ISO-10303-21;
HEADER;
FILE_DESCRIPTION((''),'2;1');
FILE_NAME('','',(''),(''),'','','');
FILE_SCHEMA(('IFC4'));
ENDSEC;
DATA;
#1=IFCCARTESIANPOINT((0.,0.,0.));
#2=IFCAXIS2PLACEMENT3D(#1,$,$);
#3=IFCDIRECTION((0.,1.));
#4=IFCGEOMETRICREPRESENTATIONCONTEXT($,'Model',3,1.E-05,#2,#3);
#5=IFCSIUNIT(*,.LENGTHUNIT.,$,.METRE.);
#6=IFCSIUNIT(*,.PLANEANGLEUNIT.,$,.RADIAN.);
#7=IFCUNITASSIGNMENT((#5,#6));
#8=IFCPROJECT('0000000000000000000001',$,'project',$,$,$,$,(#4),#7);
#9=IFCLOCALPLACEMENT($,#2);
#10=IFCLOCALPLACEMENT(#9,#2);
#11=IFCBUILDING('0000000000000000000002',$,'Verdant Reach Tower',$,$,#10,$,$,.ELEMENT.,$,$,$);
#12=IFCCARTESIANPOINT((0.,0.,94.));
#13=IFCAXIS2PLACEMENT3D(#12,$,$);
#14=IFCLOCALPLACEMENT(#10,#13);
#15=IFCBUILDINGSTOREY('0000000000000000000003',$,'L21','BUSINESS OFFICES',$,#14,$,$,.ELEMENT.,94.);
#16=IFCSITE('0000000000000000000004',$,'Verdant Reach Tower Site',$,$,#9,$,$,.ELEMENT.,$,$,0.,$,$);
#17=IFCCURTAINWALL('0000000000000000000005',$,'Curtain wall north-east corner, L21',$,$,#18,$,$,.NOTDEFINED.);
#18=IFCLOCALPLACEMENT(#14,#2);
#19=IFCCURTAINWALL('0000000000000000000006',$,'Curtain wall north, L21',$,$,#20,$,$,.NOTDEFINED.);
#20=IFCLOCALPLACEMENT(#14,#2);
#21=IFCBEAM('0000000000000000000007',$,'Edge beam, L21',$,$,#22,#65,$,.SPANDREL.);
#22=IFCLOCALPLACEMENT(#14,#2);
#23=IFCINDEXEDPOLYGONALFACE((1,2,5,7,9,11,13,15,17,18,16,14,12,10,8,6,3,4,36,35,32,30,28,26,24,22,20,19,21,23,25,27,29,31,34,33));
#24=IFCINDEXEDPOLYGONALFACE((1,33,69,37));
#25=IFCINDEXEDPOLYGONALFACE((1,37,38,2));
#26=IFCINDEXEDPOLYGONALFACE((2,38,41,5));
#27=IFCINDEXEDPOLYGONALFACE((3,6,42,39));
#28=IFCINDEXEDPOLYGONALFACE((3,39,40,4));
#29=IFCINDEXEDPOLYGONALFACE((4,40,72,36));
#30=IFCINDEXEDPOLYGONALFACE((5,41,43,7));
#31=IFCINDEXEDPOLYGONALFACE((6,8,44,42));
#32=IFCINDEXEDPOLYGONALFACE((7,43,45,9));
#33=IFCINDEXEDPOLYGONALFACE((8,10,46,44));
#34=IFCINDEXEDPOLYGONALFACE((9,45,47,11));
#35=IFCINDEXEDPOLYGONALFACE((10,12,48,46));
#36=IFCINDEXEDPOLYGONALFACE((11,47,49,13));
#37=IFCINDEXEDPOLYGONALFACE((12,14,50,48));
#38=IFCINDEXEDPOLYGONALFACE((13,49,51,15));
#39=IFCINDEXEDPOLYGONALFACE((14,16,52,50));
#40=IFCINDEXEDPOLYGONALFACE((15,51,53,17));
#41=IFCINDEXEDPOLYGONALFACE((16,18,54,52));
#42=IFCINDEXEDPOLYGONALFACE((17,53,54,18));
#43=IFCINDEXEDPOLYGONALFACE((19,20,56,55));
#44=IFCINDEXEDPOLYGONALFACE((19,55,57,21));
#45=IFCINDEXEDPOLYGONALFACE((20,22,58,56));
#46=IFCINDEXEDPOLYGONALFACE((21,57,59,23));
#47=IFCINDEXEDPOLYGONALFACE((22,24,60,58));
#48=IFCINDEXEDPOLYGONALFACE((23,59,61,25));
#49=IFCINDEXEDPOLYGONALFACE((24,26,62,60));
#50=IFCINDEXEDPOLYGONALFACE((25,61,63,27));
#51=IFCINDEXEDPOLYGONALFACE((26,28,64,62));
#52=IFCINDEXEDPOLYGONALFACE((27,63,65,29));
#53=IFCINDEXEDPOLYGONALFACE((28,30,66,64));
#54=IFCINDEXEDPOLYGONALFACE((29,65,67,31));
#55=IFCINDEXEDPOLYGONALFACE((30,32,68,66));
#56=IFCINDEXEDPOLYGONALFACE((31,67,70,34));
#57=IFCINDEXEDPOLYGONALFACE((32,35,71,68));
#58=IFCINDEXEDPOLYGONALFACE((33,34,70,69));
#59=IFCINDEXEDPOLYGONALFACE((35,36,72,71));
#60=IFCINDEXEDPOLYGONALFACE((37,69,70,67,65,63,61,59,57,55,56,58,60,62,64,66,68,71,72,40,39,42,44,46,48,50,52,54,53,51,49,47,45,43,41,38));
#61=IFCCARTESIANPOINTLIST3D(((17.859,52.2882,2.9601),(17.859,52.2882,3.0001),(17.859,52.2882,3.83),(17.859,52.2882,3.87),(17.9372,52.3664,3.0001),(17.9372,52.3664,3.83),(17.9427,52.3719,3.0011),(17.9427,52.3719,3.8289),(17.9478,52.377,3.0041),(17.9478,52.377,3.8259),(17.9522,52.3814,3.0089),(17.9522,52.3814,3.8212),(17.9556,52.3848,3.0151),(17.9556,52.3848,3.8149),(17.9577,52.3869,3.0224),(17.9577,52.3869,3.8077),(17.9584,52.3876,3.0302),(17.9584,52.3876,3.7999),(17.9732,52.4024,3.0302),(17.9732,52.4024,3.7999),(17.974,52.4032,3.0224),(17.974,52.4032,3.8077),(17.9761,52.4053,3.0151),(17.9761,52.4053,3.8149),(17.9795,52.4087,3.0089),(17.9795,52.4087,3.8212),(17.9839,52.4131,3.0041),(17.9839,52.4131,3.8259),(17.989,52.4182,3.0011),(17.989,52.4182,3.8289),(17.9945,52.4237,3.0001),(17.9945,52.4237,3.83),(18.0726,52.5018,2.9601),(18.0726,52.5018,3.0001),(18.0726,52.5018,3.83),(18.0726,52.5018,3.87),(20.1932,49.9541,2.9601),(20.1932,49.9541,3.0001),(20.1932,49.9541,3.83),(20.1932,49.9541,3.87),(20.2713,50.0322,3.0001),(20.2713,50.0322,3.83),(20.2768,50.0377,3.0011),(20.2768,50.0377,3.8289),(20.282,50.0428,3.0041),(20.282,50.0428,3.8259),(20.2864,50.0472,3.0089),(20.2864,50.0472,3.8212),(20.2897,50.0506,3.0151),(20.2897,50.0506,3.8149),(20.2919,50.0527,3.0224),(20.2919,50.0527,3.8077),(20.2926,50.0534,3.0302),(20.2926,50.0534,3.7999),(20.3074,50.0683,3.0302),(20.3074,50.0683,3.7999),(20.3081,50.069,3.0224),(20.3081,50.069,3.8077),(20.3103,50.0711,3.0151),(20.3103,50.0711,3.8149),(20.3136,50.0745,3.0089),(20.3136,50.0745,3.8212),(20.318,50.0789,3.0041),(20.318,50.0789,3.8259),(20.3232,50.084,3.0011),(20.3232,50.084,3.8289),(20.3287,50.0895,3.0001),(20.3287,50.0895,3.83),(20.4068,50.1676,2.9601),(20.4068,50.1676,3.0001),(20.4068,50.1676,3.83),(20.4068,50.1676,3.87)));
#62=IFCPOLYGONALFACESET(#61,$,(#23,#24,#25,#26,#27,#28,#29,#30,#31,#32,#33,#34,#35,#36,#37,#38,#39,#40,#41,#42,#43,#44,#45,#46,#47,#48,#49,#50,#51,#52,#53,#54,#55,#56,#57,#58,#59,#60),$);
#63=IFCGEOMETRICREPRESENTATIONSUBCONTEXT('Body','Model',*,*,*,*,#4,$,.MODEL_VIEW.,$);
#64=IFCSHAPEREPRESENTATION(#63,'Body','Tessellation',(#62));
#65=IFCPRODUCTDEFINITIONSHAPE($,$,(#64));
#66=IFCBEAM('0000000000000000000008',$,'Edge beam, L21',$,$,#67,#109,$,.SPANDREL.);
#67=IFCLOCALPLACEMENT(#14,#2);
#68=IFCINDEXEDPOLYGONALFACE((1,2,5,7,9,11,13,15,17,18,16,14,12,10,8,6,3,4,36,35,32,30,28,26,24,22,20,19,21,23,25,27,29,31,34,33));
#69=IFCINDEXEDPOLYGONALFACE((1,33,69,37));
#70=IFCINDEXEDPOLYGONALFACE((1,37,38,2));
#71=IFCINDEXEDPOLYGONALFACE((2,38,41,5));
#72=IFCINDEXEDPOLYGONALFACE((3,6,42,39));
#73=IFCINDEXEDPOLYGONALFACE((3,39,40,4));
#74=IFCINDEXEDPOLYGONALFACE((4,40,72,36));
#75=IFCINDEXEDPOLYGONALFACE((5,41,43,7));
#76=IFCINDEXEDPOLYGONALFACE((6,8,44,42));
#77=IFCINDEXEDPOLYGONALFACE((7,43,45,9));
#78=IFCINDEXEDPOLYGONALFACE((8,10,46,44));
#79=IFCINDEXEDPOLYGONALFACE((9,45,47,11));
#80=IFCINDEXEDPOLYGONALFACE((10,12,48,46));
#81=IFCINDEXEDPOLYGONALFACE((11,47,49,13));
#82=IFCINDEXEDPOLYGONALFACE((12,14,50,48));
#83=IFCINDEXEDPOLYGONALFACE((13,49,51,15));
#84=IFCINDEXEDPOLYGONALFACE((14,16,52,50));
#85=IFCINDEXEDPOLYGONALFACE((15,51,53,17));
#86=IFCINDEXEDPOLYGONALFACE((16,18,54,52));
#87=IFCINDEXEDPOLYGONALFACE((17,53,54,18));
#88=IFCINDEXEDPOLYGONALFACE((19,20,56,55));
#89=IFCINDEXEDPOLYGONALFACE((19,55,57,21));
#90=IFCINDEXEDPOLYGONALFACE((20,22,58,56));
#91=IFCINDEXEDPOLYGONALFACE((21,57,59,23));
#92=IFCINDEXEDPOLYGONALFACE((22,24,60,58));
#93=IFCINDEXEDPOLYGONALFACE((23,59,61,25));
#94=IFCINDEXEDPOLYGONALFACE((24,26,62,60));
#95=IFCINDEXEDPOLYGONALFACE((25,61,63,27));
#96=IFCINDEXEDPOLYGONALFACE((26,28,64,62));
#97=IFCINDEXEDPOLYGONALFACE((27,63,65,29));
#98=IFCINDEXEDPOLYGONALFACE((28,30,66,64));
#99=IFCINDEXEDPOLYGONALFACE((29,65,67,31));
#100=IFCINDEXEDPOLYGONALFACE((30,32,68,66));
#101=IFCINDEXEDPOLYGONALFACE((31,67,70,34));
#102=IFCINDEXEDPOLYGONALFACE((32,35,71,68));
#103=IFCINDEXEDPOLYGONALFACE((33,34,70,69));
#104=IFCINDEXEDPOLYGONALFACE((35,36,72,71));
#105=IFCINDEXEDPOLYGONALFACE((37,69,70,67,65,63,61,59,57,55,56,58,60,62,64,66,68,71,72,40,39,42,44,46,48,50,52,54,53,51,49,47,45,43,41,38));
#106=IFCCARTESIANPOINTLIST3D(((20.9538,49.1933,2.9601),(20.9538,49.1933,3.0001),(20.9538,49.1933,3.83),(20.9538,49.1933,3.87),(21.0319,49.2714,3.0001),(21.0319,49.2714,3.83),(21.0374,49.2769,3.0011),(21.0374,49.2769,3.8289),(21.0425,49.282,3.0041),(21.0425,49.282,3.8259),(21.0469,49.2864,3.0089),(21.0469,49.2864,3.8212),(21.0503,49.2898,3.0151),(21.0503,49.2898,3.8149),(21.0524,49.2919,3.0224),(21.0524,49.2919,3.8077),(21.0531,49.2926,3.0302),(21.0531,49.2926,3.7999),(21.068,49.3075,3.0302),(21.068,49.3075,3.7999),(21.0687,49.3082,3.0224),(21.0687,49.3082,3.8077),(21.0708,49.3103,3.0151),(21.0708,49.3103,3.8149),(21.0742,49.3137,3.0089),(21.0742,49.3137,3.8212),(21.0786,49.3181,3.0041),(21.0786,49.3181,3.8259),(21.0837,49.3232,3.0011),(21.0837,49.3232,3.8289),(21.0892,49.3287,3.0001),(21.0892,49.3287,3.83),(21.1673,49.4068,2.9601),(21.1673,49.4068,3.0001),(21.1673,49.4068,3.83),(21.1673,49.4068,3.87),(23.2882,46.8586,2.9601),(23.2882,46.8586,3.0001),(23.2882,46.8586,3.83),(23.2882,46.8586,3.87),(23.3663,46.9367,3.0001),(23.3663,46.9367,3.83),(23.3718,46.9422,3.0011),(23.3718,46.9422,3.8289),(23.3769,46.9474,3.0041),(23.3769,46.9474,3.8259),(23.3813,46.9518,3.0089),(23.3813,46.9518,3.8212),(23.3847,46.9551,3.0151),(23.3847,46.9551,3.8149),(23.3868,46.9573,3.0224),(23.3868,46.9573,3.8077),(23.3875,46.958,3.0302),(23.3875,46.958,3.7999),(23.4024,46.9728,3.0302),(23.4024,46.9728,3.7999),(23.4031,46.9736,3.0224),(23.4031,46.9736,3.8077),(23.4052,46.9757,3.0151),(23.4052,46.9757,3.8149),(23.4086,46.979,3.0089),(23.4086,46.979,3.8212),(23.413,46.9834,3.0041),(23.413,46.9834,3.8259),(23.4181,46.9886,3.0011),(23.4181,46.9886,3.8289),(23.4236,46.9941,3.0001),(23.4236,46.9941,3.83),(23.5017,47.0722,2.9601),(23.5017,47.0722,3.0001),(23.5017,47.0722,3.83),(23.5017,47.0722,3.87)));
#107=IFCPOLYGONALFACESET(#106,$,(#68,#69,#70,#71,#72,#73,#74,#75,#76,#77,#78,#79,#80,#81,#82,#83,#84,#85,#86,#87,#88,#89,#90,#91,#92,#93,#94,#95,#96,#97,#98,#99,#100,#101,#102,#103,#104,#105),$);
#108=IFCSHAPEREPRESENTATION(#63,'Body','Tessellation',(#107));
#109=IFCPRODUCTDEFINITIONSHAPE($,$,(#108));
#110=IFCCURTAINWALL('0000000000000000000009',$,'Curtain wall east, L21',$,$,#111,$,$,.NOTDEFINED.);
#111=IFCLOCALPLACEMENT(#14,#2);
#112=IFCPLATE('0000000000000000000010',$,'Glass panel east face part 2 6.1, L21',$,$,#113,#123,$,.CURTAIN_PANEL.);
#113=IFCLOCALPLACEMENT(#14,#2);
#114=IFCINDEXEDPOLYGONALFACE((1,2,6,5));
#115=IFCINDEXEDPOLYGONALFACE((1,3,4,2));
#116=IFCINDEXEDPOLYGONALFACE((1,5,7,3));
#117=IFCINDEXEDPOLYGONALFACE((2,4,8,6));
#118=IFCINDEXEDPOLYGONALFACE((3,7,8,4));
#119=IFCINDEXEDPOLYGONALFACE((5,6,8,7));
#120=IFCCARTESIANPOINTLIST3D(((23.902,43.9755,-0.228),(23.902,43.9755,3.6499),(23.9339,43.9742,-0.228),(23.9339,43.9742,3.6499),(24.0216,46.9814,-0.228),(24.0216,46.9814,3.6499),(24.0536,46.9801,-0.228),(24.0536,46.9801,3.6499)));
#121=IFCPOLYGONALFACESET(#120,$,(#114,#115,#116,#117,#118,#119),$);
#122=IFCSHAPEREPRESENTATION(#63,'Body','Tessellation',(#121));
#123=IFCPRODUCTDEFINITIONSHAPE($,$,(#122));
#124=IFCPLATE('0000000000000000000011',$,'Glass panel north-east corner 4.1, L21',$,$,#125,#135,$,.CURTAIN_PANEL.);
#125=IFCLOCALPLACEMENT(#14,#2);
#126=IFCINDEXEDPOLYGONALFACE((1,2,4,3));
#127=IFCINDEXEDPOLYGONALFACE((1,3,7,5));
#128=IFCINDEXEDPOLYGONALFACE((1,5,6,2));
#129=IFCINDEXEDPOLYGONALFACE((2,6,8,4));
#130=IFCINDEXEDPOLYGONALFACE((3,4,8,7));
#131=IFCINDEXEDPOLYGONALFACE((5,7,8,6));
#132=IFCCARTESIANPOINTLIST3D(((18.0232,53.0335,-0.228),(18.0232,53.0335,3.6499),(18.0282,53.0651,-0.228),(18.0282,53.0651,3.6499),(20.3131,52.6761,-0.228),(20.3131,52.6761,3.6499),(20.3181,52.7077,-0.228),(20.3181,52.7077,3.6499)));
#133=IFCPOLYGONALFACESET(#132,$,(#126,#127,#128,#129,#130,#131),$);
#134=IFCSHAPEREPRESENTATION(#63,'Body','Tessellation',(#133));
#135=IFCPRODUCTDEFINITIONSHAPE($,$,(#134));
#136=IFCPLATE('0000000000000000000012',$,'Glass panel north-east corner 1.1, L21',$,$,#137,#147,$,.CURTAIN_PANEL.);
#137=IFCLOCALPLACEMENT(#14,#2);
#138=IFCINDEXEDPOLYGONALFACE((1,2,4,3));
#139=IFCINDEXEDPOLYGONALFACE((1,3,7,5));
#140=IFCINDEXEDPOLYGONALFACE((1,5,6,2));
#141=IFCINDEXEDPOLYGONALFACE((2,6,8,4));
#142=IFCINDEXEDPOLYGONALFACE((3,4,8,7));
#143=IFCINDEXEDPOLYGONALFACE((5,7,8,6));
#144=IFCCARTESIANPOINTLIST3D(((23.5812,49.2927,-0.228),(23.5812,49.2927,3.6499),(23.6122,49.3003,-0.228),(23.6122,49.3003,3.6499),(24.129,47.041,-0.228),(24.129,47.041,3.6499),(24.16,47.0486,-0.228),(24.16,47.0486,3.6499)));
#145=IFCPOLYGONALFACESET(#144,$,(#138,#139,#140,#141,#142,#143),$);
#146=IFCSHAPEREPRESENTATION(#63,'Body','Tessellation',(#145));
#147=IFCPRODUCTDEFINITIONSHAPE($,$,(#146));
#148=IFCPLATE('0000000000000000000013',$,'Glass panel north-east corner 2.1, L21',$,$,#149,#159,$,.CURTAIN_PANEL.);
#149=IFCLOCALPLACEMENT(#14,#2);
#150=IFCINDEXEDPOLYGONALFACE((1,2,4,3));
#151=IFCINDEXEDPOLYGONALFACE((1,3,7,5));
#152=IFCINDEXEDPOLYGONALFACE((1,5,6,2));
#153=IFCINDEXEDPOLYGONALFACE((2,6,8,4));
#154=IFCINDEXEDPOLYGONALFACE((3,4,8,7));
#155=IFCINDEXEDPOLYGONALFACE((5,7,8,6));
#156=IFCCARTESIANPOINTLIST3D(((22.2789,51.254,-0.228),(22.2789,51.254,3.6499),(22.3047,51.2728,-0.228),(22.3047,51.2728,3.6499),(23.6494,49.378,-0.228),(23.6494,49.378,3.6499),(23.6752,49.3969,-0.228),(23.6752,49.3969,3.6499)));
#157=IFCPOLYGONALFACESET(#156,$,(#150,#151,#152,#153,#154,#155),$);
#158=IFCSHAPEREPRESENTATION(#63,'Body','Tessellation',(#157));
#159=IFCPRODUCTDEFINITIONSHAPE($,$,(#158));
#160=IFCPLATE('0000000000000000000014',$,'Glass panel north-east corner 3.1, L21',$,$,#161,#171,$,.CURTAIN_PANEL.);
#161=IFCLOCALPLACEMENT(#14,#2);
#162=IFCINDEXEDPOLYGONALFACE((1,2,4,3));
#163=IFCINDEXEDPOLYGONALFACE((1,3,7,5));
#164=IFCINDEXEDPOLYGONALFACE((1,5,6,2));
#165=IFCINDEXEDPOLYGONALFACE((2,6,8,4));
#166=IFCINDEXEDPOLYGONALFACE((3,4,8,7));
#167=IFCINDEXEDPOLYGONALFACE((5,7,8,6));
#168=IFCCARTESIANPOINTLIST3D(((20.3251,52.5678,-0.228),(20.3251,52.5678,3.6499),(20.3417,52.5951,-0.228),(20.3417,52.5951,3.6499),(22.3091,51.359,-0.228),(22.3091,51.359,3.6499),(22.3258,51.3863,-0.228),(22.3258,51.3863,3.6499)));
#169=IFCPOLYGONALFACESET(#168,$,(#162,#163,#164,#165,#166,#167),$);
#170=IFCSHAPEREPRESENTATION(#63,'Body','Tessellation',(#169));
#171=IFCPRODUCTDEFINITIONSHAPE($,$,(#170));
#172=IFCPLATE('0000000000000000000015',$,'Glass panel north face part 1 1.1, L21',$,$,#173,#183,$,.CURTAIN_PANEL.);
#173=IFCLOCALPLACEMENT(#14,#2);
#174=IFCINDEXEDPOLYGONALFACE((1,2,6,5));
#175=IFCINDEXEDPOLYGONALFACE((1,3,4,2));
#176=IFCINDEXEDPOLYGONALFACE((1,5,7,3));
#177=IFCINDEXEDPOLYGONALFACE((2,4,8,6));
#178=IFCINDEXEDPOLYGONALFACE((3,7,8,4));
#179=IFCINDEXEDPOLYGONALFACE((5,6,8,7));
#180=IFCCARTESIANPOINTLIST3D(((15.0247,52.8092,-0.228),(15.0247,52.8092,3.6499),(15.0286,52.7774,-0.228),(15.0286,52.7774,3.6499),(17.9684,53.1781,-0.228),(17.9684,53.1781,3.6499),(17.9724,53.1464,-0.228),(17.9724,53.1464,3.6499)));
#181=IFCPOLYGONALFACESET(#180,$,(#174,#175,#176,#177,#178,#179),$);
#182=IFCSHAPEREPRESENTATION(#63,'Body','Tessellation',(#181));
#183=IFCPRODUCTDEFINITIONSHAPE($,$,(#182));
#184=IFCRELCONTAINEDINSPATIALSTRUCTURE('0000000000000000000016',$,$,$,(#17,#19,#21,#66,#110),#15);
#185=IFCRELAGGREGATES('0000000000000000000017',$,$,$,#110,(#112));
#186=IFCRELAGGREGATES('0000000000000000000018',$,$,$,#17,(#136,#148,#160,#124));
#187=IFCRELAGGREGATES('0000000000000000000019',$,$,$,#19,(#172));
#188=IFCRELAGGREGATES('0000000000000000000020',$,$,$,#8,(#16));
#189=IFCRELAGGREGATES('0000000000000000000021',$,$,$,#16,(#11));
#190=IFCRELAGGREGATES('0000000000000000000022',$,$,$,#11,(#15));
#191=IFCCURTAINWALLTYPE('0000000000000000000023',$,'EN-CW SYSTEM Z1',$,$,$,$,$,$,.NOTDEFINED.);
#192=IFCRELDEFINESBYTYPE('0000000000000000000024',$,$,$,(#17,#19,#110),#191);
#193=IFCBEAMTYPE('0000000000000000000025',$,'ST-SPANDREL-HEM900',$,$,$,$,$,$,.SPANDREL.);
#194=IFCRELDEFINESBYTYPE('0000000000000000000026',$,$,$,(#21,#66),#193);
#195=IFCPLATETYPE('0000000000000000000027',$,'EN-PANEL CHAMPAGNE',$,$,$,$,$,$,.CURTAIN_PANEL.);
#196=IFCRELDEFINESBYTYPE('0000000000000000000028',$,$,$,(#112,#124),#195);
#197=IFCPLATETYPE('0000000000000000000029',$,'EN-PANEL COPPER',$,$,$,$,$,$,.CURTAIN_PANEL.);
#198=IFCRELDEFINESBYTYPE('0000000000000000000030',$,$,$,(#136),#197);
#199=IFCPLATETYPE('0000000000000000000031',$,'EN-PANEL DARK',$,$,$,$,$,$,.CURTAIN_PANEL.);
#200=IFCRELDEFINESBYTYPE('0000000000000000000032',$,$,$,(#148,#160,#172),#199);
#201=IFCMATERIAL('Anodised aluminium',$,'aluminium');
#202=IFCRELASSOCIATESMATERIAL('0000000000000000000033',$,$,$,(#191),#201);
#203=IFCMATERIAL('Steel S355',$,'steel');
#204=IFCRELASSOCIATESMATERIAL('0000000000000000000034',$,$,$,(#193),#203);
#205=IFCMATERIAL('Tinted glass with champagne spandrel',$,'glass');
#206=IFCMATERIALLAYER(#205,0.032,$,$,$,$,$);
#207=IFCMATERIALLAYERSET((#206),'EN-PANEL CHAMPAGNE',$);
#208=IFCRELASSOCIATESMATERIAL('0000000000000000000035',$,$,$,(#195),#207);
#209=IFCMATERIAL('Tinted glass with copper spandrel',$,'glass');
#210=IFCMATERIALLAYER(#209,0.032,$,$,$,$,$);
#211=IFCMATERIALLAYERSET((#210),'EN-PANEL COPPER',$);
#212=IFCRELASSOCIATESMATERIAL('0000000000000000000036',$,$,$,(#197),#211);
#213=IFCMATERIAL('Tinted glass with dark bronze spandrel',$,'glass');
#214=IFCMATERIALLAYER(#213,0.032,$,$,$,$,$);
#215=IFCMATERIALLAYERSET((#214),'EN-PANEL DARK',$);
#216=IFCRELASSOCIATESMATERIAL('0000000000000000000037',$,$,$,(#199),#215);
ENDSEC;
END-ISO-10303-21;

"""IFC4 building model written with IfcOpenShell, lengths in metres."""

from ifc_helpers import new_model, si_unit, direction, frame, origin, origin_2d, place, context, subcontext, project, spatial, rectangle, i_section, extrude, material, layer, layer_set, material_profile, profile_set, type_object, element, aggregate, save


model = new_model("IFC4")

# Units and contexts
model_context = context("Model", 3, precision=1e-05, world=origin(), true_north=direction((0.0, 1.0)))
body_context = subcontext(model_context, "Body", "Model", "MODEL_VIEW")
ifc_project = project(units=[si_unit("LENGTHUNIT", "METRE"), si_unit("PLANEANGLEUNIT", "RADIAN")], contexts=[model_context])

# Site, building, storey
site_placement = place(None, origin())
site = spatial("IfcSite", under=ifc_project, at=site_placement, Name="Verdant Reach Tower Site", CompositionType="ELEMENT", RefElevation=0.0)
building_placement = place(site_placement, origin())
building = spatial("IfcBuilding", under=site, at=building_placement, Name="Verdant Reach Tower", CompositionType="ELEMENT")
storey_placement = place(building_placement, frame((0.0, 0.0, 94.0)))
storey = spatial("IfcBuildingStorey", under=building, at=storey_placement, Name="L21", Description="BUSINESS OFFICES", CompositionType="ELEMENT", Elevation=94.0)

# Curtain walls
ifc_material_1 = material(Name="Anodised aluminium", Category="aluminium")
curtain_wall_type = type_object("IfcCurtainWallType", Name="EN-CW SYSTEM Z1", PredefinedType="NOTDEFINED", material=ifc_material_1)
curtain_wall_1_placement = place(storey_placement, origin())
curtain_wall_1 = element("IfcCurtainWall", 1, at=curtain_wall_1_placement, inside=storey, type_object=curtain_wall_type, Name="Curtain wall north-east corner, L21", PredefinedType="NOTDEFINED")
curtain_wall_2_placement = place(storey_placement, origin())
curtain_wall_2 = element("IfcCurtainWall", 2, at=curtain_wall_2_placement, inside=storey, type_object=curtain_wall_type, Name="Curtain wall north, L21", PredefinedType="NOTDEFINED")

# Beams
ifc_material_2 = material(Name="Steel S355", Category="steel")
ifc_material_profile_1 = material_profile(ifc_material_2, i_section(OverallWidth=0.302, OverallDepth=0.9099, WebThickness=0.021, FlangeThickness=0.04, FilletRadius=0.03, at=origin_2d()), Name="HEM 900")
ifc_profile_set_1 = profile_set([ifc_material_profile_1], Name="Steel S355")
beam_type_1 = type_object("IfcBeamType", Name="ST-SPANDREL-HEM900", PredefinedType="SPANDREL", material=ifc_profile_set_1)
beam_1_placement = place(storey_placement, frame((17.9658, 52.395, 3.415), z_axis=(0.707107, -0.707107, 0.0), x_axis=(0.707107, 0.707107, 0.0)))
element("IfcBeam", 3, at=beam_1_placement, inside=storey, type_object=beam_type_1, Name="Edge beam, L21", PredefinedType="SPANDREL", context=body_context, shape_type="SweptSolid", body=[
    extrude(i_section(OverallWidth=0.302, OverallDepth=0.9099, WebThickness=0.021, FlangeThickness=0.04, FilletRadius=0.03, at=origin_2d()), origin(), (0.0, 0.0, 1.0), 3.301),
])
beam_2_placement = place(storey_placement, frame((21.0605, 49.3, 3.415), z_axis=(0.70707, -0.707144, 0.0), x_axis=(0.707144, 0.70707, 0.0)))
element("IfcBeam", 4, at=beam_2_placement, inside=storey, type_object=beam_type_1, Name="Edge beam, L21", PredefinedType="SPANDREL", context=body_context, shape_type="SweptSolid", body=[
    extrude(i_section(OverallWidth=0.302, OverallDepth=0.9099, WebThickness=0.021, FlangeThickness=0.04, FilletRadius=0.03, at=origin_2d()), origin(), (0.0, 0.0, 1.0), 3.3015),
])

# Curtain wall, plate
curtain_wall_3_placement = place(storey_placement, origin())
curtain_wall_3 = element("IfcCurtainWall", 5, at=curtain_wall_3_placement, inside=storey, type_object=curtain_wall_type, Name="Curtain wall east, L21", PredefinedType="NOTDEFINED")
ifc_material_3 = material(Name="Tinted glass with champagne spandrel", Category="glass")
ifc_layer_1 = layer(ifc_material_3, 0.032)
ifc_layer_set_1 = layer_set([ifc_layer_1], Name="EN-PANEL CHAMPAGNE")
plate_type_1 = type_object("IfcPlateType", Name="EN-PANEL CHAMPAGNE", PredefinedType="CURTAIN_PANEL", material=ifc_layer_set_1)
plate_1_placement = place(storey_placement, frame((23.9778, 45.4778, -0.228), z_axis=(0.0, 0.0, 1.0), x_axis=(0.039784, 0.999208, 0.0)))
plate_1 = element("IfcPlate", 6, at=plate_1_placement, type_object=plate_type_1, Name="Glass panel east face part 2 6.1, L21", PredefinedType="CURTAIN_PANEL", context=body_context, shape_type="SweptSolid", body=[
    extrude(rectangle(XDim=3.0083, YDim=0.032, at=origin_2d()), origin(), (0.0, 0.0, 1.0), 3.8779),
])
aggregate(curtain_wall_3, [plate_1])

# Plates
plate_2_placement = place(storey_placement, frame((19.1707, 52.8706, -0.228), z_axis=(0.0, 0.0, 1.0), x_axis=(-0.988033, 0.154245, 0.0)))
plate_2 = element("IfcPlate", 7, at=plate_2_placement, type_object=plate_type_1, Name="Glass panel north-east corner 4.1, L21", PredefinedType="CURTAIN_PANEL", context=body_context, shape_type="SweptSolid", body=[
    extrude(rectangle(XDim=2.3176, YDim=0.032, at=origin_2d()), origin(), (0.0, 0.0, 1.0), 3.8779),
])
ifc_material_4 = material(Name="Tinted glass with copper spandrel", Category="glass")
ifc_layer_2 = layer(ifc_material_4, 0.032)
ifc_layer_set_2 = layer_set([ifc_layer_2], Name="EN-PANEL COPPER")
plate_type_2 = type_object("IfcPlateType", Name="EN-PANEL COPPER", PredefinedType="CURTAIN_PANEL", material=ifc_layer_set_2)
plate_3_placement = place(storey_placement, frame((23.8706, 48.1707, -0.228), z_axis=(0.0, 0.0, 1.0), x_axis=(-0.236383, 0.97166, 0.0)))
plate_3 = element("IfcPlate", 8, at=plate_3_placement, type_object=plate_type_2, Name="Glass panel north-east corner 1.1, L21", PredefinedType="CURTAIN_PANEL", context=body_context, shape_type="SweptSolid", body=[
    extrude(rectangle(XDim=2.3174, YDim=0.032, at=origin_2d()), origin(), (0.0, 0.0, 1.0), 3.8779),
])
ifc_material_5 = material(Name="Tinted glass with dark bronze spandrel", Category="glass")
ifc_layer_3 = layer(ifc_material_5, 0.032)
ifc_layer_set_3 = layer_set([ifc_layer_3], Name="EN-PANEL DARK")
plate_type_3 = type_object("IfcPlateType", Name="EN-PANEL DARK", PredefinedType="CURTAIN_PANEL", material=ifc_layer_set_3)
plate_4_placement = place(storey_placement, frame((22.9771, 50.3254, -0.228), z_axis=(0.0, 0.0, 1.0), x_axis=(-0.589927, 0.807457, 0.0)))
plate_4 = element("IfcPlate", 9, at=plate_4_placement, type_object=plate_type_3, Name="Glass panel north-east corner 2.1, L21", PredefinedType="CURTAIN_PANEL", context=body_context, shape_type="SweptSolid", body=[
    extrude(rectangle(XDim=2.3232, YDim=0.032, at=origin_2d()), origin(), (0.0, 0.0, 1.0), 3.8779),
])
plate_5_placement = place(storey_placement, frame((21.3254, 51.9771, -0.228), z_axis=(0.0, 0.0, 1.0), x_axis=(-0.853989, 0.520292, 0.0)))
plate_5 = element("IfcPlate", 10, at=plate_5_placement, type_object=plate_type_3, Name="Glass panel north-east corner 3.1, L21", PredefinedType="CURTAIN_PANEL", context=body_context, shape_type="SweptSolid", body=[
    extrude(rectangle(XDim=2.3232, YDim=0.032, at=origin_2d()), origin(), (0.0, 0.0, 1.0), 3.8779),
])
aggregate(curtain_wall_1, [plate_3, plate_4, plate_5, plate_2])
plate_6_placement = place(storey_placement, frame((16.4985, 52.9778, -0.228), z_axis=(0.0, 0.0, 1.0), x_axis=(-0.992235, -0.124374, 0.0)))
plate_6 = element("IfcPlate", 11, at=plate_6_placement, type_object=plate_type_3, Name="Glass panel north face part 1 1.1, L21", PredefinedType="CURTAIN_PANEL", context=body_context, shape_type="SweptSolid", body=[
    extrude(rectangle(XDim=2.9668, YDim=0.032, at=origin_2d()), origin(), (0.0, 0.0, 1.0), 3.8779),
])
aggregate(curtain_wall_2, [plate_6])

save(model, "model.ifc")
